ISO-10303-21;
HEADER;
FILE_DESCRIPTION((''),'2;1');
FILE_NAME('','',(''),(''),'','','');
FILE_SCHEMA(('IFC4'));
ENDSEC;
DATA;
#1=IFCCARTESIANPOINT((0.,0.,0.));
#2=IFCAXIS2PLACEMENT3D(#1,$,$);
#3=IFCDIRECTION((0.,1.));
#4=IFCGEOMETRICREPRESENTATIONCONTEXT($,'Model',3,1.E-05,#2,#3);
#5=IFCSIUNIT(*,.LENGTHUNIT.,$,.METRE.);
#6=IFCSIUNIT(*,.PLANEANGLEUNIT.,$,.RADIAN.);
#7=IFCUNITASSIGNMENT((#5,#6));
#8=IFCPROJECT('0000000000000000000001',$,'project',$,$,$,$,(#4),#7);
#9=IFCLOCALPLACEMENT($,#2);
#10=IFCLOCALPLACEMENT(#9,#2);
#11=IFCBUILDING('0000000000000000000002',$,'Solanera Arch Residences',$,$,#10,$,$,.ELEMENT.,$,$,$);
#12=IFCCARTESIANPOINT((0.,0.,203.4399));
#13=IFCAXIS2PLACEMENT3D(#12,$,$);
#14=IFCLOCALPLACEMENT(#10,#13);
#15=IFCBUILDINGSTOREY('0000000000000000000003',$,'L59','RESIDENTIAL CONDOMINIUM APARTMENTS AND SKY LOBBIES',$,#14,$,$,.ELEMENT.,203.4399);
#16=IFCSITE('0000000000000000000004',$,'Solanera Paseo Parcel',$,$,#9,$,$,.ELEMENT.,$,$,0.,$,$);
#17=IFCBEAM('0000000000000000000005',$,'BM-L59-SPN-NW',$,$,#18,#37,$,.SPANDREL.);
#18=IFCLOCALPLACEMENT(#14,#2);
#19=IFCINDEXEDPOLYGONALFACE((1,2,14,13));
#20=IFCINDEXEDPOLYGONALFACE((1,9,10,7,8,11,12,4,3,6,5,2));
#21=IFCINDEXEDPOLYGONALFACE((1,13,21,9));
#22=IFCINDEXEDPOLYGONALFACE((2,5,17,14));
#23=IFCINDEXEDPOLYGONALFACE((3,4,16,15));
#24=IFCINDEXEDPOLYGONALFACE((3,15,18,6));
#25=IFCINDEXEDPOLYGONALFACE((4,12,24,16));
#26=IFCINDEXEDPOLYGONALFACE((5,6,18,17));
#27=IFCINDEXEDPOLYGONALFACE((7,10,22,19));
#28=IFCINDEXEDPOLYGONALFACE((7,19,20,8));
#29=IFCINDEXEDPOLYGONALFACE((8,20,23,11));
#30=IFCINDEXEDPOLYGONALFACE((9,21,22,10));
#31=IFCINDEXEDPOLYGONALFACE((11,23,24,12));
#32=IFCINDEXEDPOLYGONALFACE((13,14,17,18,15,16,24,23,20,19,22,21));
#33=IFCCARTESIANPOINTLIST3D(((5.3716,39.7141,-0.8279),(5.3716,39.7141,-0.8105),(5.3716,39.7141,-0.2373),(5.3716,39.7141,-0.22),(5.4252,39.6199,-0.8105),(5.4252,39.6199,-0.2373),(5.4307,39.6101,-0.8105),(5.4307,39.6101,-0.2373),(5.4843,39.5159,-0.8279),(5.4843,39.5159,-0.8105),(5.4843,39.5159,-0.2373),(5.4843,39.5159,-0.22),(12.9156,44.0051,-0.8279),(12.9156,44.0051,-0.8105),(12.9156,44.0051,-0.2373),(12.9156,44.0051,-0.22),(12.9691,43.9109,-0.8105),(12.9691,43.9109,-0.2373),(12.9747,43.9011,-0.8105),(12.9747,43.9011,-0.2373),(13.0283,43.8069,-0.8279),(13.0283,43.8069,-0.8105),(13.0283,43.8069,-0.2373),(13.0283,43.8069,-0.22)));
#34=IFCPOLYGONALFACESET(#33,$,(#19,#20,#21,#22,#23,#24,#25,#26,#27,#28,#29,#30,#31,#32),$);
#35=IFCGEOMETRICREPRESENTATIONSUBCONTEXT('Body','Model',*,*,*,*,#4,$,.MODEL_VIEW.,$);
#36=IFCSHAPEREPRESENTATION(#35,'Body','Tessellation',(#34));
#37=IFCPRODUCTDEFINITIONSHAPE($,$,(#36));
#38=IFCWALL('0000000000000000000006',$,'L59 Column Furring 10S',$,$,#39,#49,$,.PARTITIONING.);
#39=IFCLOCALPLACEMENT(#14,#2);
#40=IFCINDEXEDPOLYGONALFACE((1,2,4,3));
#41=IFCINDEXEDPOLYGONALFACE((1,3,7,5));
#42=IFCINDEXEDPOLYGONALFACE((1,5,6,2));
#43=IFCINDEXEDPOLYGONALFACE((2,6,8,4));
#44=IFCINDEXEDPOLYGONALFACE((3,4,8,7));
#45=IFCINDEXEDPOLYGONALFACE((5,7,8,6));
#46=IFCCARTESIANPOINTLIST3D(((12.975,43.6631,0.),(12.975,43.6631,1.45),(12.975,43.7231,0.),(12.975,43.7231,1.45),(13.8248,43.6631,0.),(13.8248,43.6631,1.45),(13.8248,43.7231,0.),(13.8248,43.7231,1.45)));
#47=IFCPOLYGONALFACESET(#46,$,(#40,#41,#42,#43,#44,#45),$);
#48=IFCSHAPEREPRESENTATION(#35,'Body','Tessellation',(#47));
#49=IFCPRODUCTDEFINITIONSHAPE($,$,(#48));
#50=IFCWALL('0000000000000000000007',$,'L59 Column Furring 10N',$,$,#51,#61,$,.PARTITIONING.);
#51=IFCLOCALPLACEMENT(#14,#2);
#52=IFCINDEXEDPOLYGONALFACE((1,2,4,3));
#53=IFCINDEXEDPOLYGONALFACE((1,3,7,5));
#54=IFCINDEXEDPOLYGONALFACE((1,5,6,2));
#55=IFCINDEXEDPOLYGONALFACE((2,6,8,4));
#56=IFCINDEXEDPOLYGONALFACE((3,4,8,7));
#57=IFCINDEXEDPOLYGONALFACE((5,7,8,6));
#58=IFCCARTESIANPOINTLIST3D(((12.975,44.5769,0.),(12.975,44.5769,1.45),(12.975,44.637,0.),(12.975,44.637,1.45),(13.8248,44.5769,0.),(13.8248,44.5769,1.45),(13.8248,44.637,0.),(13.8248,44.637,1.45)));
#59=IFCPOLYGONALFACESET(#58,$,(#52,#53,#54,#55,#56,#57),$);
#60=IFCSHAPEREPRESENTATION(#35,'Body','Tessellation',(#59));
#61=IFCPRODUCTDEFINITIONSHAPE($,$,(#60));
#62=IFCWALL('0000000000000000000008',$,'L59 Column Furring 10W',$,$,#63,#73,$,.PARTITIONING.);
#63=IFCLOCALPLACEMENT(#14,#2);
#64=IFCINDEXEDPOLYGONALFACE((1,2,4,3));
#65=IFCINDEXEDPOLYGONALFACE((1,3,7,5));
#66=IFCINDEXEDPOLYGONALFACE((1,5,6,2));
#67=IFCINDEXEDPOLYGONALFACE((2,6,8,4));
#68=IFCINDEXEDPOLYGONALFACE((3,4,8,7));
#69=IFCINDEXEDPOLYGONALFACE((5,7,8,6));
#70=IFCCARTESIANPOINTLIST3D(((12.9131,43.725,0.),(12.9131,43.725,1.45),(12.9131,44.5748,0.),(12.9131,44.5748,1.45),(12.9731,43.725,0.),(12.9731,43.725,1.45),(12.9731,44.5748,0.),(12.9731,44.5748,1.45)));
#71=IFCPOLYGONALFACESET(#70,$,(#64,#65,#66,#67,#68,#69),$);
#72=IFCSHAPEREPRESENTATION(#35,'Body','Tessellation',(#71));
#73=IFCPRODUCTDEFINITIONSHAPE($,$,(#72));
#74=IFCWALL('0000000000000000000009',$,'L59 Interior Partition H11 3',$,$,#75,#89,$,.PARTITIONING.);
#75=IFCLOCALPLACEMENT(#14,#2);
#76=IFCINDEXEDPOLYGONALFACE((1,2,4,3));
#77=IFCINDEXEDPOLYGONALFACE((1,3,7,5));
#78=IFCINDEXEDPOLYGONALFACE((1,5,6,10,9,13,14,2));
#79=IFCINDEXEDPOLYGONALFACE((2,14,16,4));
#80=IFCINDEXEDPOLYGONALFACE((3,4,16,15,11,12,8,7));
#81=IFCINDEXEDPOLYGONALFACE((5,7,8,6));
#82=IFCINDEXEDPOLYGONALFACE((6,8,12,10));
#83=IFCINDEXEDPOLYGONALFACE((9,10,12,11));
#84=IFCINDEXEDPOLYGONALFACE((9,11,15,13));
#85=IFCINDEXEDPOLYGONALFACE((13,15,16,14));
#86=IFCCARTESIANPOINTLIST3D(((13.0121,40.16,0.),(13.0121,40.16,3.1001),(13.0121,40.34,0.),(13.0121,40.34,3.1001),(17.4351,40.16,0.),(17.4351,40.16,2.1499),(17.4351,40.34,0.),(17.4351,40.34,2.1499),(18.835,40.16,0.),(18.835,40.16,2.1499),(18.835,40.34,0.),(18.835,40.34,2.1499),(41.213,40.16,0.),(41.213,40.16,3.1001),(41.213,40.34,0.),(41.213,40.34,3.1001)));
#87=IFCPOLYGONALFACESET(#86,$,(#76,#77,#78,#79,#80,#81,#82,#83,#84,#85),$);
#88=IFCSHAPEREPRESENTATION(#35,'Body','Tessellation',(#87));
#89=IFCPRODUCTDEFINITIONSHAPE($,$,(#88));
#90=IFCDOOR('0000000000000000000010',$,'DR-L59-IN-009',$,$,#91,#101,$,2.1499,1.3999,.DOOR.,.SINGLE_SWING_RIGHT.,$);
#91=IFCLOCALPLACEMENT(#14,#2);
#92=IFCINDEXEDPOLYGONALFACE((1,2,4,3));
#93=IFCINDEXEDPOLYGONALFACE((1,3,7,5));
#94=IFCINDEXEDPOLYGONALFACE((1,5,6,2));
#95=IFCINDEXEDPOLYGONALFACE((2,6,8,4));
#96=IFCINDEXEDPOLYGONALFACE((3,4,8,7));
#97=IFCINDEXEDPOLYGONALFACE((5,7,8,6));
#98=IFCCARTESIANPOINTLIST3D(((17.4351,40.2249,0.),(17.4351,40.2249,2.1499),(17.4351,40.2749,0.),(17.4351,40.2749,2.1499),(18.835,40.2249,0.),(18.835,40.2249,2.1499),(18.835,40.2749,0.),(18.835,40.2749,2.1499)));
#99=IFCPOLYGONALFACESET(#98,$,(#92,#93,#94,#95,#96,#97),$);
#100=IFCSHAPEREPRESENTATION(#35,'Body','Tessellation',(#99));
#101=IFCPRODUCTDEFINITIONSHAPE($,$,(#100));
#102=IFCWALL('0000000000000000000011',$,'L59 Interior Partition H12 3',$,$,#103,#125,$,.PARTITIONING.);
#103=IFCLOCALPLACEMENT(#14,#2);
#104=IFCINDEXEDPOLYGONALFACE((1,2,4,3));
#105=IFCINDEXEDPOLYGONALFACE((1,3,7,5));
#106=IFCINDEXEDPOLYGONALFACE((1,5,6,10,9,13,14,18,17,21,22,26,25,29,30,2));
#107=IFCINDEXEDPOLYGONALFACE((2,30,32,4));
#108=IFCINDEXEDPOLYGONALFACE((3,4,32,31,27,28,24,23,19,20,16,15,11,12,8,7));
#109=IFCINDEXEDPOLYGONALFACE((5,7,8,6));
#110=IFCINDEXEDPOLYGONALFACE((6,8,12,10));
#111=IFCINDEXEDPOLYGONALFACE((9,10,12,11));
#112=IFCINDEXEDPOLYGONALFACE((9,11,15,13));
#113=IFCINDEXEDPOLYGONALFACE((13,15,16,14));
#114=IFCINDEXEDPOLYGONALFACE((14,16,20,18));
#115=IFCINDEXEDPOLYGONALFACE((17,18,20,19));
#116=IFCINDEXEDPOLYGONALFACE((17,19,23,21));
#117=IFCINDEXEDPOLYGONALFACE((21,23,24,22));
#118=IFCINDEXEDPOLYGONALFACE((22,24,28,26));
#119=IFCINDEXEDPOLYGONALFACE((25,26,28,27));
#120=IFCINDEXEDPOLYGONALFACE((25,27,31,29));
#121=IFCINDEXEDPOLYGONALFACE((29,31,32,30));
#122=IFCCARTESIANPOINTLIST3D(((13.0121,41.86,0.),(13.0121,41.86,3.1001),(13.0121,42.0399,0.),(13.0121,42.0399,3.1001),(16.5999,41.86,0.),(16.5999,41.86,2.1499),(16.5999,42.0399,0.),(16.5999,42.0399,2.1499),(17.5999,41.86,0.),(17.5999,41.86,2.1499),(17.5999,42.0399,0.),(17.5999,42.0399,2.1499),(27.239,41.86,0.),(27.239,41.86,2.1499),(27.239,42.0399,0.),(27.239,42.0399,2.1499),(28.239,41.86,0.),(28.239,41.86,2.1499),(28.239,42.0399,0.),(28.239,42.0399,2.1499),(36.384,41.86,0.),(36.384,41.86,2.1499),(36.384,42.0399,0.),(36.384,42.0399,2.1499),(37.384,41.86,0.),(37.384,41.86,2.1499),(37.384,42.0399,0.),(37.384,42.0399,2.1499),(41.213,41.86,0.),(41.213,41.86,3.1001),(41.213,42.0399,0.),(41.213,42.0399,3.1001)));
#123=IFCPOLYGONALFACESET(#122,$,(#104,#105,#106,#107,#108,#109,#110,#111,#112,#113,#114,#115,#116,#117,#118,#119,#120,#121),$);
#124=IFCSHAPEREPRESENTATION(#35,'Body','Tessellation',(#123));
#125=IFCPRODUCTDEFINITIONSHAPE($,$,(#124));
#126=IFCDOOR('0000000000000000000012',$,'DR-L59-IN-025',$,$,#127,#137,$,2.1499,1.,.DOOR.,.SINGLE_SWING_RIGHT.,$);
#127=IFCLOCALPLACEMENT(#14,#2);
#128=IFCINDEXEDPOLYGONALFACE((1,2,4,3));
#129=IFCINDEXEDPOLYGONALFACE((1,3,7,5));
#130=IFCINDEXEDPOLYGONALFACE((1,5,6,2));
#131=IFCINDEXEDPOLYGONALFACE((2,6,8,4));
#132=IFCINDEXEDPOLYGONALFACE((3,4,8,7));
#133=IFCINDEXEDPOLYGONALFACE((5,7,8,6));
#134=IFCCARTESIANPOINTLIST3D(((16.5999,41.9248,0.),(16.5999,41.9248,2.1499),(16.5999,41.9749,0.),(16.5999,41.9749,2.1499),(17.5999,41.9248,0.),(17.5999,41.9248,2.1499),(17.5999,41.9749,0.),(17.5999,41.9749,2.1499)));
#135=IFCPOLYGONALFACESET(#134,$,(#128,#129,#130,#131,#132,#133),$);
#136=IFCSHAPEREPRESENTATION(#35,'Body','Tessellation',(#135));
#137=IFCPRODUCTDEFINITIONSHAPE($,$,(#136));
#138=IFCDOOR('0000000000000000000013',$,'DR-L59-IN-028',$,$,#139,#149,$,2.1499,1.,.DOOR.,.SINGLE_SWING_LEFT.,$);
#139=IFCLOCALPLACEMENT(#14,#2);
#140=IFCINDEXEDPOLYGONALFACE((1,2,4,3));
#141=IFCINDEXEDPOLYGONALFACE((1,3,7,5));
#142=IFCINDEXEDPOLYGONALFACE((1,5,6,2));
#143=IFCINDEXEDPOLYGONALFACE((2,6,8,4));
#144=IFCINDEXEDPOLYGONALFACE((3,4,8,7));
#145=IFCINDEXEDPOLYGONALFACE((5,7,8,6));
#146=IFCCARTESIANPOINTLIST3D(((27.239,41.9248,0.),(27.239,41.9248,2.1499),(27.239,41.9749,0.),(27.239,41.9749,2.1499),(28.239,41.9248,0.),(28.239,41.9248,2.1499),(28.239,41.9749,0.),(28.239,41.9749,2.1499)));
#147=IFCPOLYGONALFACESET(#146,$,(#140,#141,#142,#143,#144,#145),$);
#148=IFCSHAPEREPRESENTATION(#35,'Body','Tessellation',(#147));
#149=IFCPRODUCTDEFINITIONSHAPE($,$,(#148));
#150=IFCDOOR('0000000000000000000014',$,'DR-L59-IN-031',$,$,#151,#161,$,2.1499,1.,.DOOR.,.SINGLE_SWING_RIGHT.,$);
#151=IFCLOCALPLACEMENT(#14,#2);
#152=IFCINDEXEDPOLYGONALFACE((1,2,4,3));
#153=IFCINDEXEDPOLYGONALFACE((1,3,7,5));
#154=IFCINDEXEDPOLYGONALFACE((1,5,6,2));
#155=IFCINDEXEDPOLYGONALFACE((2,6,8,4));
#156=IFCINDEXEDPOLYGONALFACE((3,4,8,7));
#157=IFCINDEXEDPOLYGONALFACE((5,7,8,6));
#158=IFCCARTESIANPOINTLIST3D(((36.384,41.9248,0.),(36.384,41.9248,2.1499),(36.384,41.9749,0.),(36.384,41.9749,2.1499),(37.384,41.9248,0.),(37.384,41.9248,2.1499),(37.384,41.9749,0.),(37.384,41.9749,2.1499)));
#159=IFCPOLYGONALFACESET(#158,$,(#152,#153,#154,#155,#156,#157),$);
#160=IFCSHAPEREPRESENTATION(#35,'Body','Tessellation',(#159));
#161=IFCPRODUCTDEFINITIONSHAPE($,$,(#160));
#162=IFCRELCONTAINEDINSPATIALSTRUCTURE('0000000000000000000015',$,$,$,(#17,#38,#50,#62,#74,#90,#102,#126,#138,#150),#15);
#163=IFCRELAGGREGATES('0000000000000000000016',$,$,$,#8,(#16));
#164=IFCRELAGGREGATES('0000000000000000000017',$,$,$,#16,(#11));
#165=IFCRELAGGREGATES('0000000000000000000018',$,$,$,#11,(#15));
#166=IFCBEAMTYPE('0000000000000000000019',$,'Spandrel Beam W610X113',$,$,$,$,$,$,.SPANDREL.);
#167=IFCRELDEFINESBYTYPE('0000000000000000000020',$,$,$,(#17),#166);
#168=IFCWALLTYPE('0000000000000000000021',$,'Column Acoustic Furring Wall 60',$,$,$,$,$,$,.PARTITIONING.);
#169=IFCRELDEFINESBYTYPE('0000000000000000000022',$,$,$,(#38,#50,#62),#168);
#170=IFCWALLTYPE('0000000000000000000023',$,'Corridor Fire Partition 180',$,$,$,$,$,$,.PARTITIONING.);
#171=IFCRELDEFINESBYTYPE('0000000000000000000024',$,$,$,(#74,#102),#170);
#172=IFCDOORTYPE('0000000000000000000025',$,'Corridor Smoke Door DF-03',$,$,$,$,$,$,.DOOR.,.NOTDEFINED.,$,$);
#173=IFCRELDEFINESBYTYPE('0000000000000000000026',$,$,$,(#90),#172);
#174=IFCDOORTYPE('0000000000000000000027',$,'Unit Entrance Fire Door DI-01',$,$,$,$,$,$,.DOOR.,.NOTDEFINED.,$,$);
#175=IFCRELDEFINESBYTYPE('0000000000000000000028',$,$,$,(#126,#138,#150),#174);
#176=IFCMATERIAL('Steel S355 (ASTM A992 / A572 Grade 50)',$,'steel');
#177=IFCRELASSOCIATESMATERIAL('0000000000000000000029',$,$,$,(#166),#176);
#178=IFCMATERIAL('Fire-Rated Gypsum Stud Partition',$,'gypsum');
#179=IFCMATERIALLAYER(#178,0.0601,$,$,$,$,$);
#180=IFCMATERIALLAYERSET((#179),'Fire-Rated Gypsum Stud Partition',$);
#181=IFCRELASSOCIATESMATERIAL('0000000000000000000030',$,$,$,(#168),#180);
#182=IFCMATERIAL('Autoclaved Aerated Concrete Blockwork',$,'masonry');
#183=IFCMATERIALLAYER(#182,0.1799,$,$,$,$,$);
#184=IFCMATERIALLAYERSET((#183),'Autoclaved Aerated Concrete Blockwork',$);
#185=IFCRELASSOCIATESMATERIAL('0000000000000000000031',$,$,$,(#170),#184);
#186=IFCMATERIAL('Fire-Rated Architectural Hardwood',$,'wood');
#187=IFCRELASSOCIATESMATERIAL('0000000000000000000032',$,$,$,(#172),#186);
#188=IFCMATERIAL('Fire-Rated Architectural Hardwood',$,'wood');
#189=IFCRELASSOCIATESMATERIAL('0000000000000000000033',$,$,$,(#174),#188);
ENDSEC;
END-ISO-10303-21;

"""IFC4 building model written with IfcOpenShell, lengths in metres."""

from ifc_helpers import new_model, si_unit, direction, frame, frame_2d, origin, origin_2d, place, context, subcontext, project, spatial, rectangle, i_section, extrude, material, layer, layer_set, material_profile, profile_set, type_object, element, fill, save


model = new_model("IFC4")

# Units and contexts
model_context = context("Model", 3, precision=1e-05, world=origin(), true_north=direction((0.0, 1.0)))
body_context = subcontext(model_context, "Body", "Model", "MODEL_VIEW")
ifc_project = project(units=[si_unit("LENGTHUNIT", "METRE"), si_unit("PLANEANGLEUNIT", "RADIAN")], contexts=[model_context])

# Site, building, storey
site_placement = place(None, origin())
site = spatial("IfcSite", under=ifc_project, at=site_placement, Name="Solanera Paseo Parcel", CompositionType="ELEMENT", RefElevation=0.0)
building_placement = place(site_placement, origin())
building = spatial("IfcBuilding", under=site, at=building_placement, Name="Solanera Arch Residences", CompositionType="ELEMENT")
storey_placement = place(building_placement, frame((0.0, 0.0, 203.4399)))
storey = spatial("IfcBuildingStorey", under=building, at=storey_placement, Name="L59", Description="RESIDENTIAL CONDOMINIUM APARTMENTS AND SKY LOBBIES", CompositionType="ELEMENT", Elevation=203.4399)

# Beam
ifc_material_1 = material(Name="Steel S355 (ASTM A992 / A572 Grade 50)", Category="steel")
ifc_material_profile = material_profile(ifc_material_1, i_section(OverallWidth=0.228, OverallDepth=0.6079, WebThickness=0.0112, FlangeThickness=0.0173, at=origin_2d()))
ifc_profile_set = profile_set([ifc_material_profile], Name="Steel S355 (ASTM A992 / A572 Grade 50)")
beam_type = type_object("IfcBeamType", Name="Spandrel Beam W610X113", PredefinedType="SPANDREL", material=ifc_profile_set)
beam_placement = place(storey_placement, frame((12.9719, 43.906, -0.5239), z_axis=(-0.869225, -0.494417, 0.0), x_axis=(0.494417, -0.869225, 0.0)))
element("IfcBeam", 1, at=beam_placement, inside=storey, type_object=beam_type, Name="BM-L59-SPN-NW", PredefinedType="SPANDREL", context=body_context, shape_type="SweptSolid", body=[
    extrude(i_section(OverallWidth=0.228, OverallDepth=0.6079, WebThickness=0.0112, FlangeThickness=0.0173, at=origin_2d()), origin(), (0.0, 0.0, 1.0), 8.679),
])

# Walls
ifc_material_2 = material(Name="Fire-Rated Gypsum Stud Partition", Category="gypsum")
ifc_layer_1 = layer(ifc_material_2, 0.0601)
ifc_layer_set_1 = layer_set([ifc_layer_1], Name="Fire-Rated Gypsum Stud Partition")
wall_type_1 = type_object("IfcWallType", Name="Column Acoustic Furring Wall 60", PredefinedType="PARTITIONING", material=ifc_layer_set_1)
for number, where, z_axis, x_axis, name in (
    (2, (12.9751, 43.6931, 0.0), (0.0, 0.0, 1.0), (1.0, 0.0, 0.0), "L59 Column Furring 10S"),
    (3, (12.9751, 44.6069, 0.0), (0.0, 0.0, 1.0), (1.0, 0.0, 0.0), "L59 Column Furring 10N"),
    (4, (12.9431, 43.7251, 0.0), (0.0, 0.0, 1.0), (0.0, 1.0, 0.0), "L59 Column Furring 10W"),
):
    element("IfcWall", number, at=place(storey_placement, frame(where, z_axis=z_axis, x_axis=x_axis)), inside=storey, type_object=wall_type_1, Name=name, PredefinedType="PARTITIONING", context=body_context, shape_type="SweptSolid", body=[
        extrude(rectangle(XDim=0.8499, YDim=0.0601, at=frame_2d((0.4248, 0.0))), origin(), (0.0, 0.0, 1.0), 1.45),
    ])

# Wall, opening, door
ifc_material_3 = material(Name="Autoclaved Aerated Concrete Blockwork", Category="masonry")
ifc_layer_2 = layer(ifc_material_3, 0.1799)
ifc_layer_set_2 = layer_set([ifc_layer_2], Name="Autoclaved Aerated Concrete Blockwork")
wall_type_2 = type_object("IfcWallType", Name="Corridor Fire Partition 180", PredefinedType="PARTITIONING", material=ifc_layer_set_2)
wall_1_placement = place(storey_placement, frame((13.012, 40.25, 0.0), z_axis=(0.0, 0.0, 1.0), x_axis=(1.0, 0.0, 0.0)))
wall_1 = element("IfcWall", 5, at=wall_1_placement, inside=storey, type_object=wall_type_2, Name="L59 Interior Partition H11 3", PredefinedType="PARTITIONING", context=body_context, shape_type="SweptSolid", body=[
    extrude(rectangle(XDim=28.2009, YDim=0.1799, at=frame_2d((14.1006, 0.0))), origin(), (0.0, 0.0, 1.0), 3.1001),
])
opening_1_placement = place(wall_1_placement, frame((4.4231, 0.0, 0.0)))
opening_1 = element("IfcOpeningElement", 6, at=opening_1_placement, cuts=wall_1, PredefinedType="OPENING", context=body_context, shape_type="SweptSolid", body=[
    extrude(rectangle(XDim=1.3999, YDim=2.1499, at=frame_2d((0.7, 1.075))), frame((0.0, 0.1001, 0.0), z_axis=(0.0, -1.0, 0.0), x_axis=(1.0, 0.0, 0.0)), (0.0, 0.0, 1.0), 0.1999),
])
ifc_material_4 = material(Name="Fire-Rated Architectural Hardwood", Category="wood")
door_type_1 = type_object("IfcDoorType", Name="Corridor Smoke Door DF-03", OperationType="NOTDEFINED", PredefinedType="DOOR", material=ifc_material_4)
door_1_placement = place(opening_1_placement, origin())
door_1 = element("IfcDoor", 7, at=door_1_placement, inside=storey, type_object=door_type_1, Name="DR-L59-IN-009", OperationType="SINGLE_SWING_RIGHT", OverallHeight=2.1499, OverallWidth=1.3999, PredefinedType="DOOR", context=body_context, shape_type="SweptSolid", body=[
    extrude(rectangle(XDim=1.3999, YDim=2.1499, at=frame_2d((0.7, 1.075))), frame((0.0, 0.0249, 0.0), z_axis=(0.0, -1.0, 0.0), x_axis=(1.0, 0.0, 0.0)), (0.0, 0.0, 1.0), 0.05),
])
fill(opening_1, door_1)

# Wall, openings, doors
wall_2_placement = place(storey_placement, frame((13.012, 41.95, 0.0), z_axis=(0.0, 0.0, 1.0), x_axis=(1.0, 0.0, 0.0)))
wall_2 = element("IfcWall", 8, at=wall_2_placement, inside=storey, type_object=wall_type_2, Name="L59 Interior Partition H12 3", PredefinedType="PARTITIONING", context=body_context, shape_type="SweptSolid", body=[
    extrude(rectangle(XDim=28.2009, YDim=0.1799, at=frame_2d((14.1006, 0.0))), origin(), (0.0, 0.0, 1.0), 3.1001),
])
opening_2_placement = place(wall_2_placement, frame((3.5879, 0.0, 0.0)))
opening_2 = element("IfcOpeningElement", 9, at=opening_2_placement, cuts=wall_2, PredefinedType="OPENING", context=body_context, shape_type="SweptSolid", body=[
    extrude(rectangle(XDim=1.0, YDim=2.1499, at=frame_2d((0.5, 1.075))), frame((0.0, 0.1001, 0.0), z_axis=(0.0, -1.0, 0.0), x_axis=(1.0, 0.0, 0.0)), (0.0, 0.0, 1.0), 0.1999),
])
opening_3_placement = place(wall_2_placement, frame((14.2271, 0.0, 0.0)))
opening_3 = element("IfcOpeningElement", 10, at=opening_3_placement, cuts=wall_2, PredefinedType="OPENING", context=body_context, shape_type="SweptSolid", body=[
    extrude(rectangle(XDim=1.0, YDim=2.1499, at=frame_2d((0.5, 1.075))), frame((0.0, 0.1001, 0.0), z_axis=(0.0, -1.0, 0.0), x_axis=(1.0, 0.0, 0.0)), (0.0, 0.0, 1.0), 0.1999),
])
opening_4_placement = place(wall_2_placement, frame((23.3721, 0.0, 0.0)))
opening_4 = element("IfcOpeningElement", 11, at=opening_4_placement, cuts=wall_2, PredefinedType="OPENING", context=body_context, shape_type="SweptSolid", body=[
    extrude(rectangle(XDim=1.0, YDim=2.1499, at=frame_2d((0.5, 1.075))), frame((0.0, 0.1001, 0.0), z_axis=(0.0, -1.0, 0.0), x_axis=(1.0, 0.0, 0.0)), (0.0, 0.0, 1.0), 0.1999),
])
ifc_material_5 = material(Name="Fire-Rated Architectural Hardwood", Category="wood")
door_type_2 = type_object("IfcDoorType", Name="Unit Entrance Fire Door DI-01", OperationType="NOTDEFINED", PredefinedType="DOOR", material=ifc_material_5)
door_2_placement = place(opening_2_placement, origin())
door_2 = element("IfcDoor", 12, at=door_2_placement, inside=storey, type_object=door_type_2, Name="DR-L59-IN-025", OperationType="SINGLE_SWING_RIGHT", OverallHeight=2.1499, OverallWidth=1.0, PredefinedType="DOOR", context=body_context, shape_type="SweptSolid", body=[
    extrude(rectangle(XDim=1.0, YDim=2.1499, at=frame_2d((0.5, 1.075))), frame((0.0, 0.0249, 0.0), z_axis=(0.0, -1.0, 0.0), x_axis=(1.0, 0.0, 0.0)), (0.0, 0.0, 1.0), 0.05),
])
fill(opening_2, door_2)
door_3_placement = place(opening_3_placement, origin())
door_3 = element("IfcDoor", 13, at=door_3_placement, inside=storey, type_object=door_type_2, Name="DR-L59-IN-028", OperationType="SINGLE_SWING_LEFT", OverallHeight=2.1499, OverallWidth=1.0, PredefinedType="DOOR", context=body_context, shape_type="SweptSolid", body=[
    extrude(rectangle(XDim=1.0, YDim=2.1499, at=frame_2d((0.5, 1.075))), frame((0.0, 0.0249, 0.0), z_axis=(0.0, -1.0, 0.0), x_axis=(1.0, 0.0, 0.0)), (0.0, 0.0, 1.0), 0.05),
])
fill(opening_3, door_3)
door_4_placement = place(opening_4_placement, origin())
door_4 = element("IfcDoor", 14, at=door_4_placement, inside=storey, type_object=door_type_2, Name="DR-L59-IN-031", OperationType="SINGLE_SWING_RIGHT", OverallHeight=2.1499, OverallWidth=1.0, PredefinedType="DOOR", context=body_context, shape_type="SweptSolid", body=[
    extrude(rectangle(XDim=1.0, YDim=2.1499, at=frame_2d((0.5, 1.075))), frame((0.0, 0.0249, 0.0), z_axis=(0.0, -1.0, 0.0), x_axis=(1.0, 0.0, 0.0)), (0.0, 0.0, 1.0), 0.05),
])
fill(opening_4, door_4)

save(model, "model.ifc")
